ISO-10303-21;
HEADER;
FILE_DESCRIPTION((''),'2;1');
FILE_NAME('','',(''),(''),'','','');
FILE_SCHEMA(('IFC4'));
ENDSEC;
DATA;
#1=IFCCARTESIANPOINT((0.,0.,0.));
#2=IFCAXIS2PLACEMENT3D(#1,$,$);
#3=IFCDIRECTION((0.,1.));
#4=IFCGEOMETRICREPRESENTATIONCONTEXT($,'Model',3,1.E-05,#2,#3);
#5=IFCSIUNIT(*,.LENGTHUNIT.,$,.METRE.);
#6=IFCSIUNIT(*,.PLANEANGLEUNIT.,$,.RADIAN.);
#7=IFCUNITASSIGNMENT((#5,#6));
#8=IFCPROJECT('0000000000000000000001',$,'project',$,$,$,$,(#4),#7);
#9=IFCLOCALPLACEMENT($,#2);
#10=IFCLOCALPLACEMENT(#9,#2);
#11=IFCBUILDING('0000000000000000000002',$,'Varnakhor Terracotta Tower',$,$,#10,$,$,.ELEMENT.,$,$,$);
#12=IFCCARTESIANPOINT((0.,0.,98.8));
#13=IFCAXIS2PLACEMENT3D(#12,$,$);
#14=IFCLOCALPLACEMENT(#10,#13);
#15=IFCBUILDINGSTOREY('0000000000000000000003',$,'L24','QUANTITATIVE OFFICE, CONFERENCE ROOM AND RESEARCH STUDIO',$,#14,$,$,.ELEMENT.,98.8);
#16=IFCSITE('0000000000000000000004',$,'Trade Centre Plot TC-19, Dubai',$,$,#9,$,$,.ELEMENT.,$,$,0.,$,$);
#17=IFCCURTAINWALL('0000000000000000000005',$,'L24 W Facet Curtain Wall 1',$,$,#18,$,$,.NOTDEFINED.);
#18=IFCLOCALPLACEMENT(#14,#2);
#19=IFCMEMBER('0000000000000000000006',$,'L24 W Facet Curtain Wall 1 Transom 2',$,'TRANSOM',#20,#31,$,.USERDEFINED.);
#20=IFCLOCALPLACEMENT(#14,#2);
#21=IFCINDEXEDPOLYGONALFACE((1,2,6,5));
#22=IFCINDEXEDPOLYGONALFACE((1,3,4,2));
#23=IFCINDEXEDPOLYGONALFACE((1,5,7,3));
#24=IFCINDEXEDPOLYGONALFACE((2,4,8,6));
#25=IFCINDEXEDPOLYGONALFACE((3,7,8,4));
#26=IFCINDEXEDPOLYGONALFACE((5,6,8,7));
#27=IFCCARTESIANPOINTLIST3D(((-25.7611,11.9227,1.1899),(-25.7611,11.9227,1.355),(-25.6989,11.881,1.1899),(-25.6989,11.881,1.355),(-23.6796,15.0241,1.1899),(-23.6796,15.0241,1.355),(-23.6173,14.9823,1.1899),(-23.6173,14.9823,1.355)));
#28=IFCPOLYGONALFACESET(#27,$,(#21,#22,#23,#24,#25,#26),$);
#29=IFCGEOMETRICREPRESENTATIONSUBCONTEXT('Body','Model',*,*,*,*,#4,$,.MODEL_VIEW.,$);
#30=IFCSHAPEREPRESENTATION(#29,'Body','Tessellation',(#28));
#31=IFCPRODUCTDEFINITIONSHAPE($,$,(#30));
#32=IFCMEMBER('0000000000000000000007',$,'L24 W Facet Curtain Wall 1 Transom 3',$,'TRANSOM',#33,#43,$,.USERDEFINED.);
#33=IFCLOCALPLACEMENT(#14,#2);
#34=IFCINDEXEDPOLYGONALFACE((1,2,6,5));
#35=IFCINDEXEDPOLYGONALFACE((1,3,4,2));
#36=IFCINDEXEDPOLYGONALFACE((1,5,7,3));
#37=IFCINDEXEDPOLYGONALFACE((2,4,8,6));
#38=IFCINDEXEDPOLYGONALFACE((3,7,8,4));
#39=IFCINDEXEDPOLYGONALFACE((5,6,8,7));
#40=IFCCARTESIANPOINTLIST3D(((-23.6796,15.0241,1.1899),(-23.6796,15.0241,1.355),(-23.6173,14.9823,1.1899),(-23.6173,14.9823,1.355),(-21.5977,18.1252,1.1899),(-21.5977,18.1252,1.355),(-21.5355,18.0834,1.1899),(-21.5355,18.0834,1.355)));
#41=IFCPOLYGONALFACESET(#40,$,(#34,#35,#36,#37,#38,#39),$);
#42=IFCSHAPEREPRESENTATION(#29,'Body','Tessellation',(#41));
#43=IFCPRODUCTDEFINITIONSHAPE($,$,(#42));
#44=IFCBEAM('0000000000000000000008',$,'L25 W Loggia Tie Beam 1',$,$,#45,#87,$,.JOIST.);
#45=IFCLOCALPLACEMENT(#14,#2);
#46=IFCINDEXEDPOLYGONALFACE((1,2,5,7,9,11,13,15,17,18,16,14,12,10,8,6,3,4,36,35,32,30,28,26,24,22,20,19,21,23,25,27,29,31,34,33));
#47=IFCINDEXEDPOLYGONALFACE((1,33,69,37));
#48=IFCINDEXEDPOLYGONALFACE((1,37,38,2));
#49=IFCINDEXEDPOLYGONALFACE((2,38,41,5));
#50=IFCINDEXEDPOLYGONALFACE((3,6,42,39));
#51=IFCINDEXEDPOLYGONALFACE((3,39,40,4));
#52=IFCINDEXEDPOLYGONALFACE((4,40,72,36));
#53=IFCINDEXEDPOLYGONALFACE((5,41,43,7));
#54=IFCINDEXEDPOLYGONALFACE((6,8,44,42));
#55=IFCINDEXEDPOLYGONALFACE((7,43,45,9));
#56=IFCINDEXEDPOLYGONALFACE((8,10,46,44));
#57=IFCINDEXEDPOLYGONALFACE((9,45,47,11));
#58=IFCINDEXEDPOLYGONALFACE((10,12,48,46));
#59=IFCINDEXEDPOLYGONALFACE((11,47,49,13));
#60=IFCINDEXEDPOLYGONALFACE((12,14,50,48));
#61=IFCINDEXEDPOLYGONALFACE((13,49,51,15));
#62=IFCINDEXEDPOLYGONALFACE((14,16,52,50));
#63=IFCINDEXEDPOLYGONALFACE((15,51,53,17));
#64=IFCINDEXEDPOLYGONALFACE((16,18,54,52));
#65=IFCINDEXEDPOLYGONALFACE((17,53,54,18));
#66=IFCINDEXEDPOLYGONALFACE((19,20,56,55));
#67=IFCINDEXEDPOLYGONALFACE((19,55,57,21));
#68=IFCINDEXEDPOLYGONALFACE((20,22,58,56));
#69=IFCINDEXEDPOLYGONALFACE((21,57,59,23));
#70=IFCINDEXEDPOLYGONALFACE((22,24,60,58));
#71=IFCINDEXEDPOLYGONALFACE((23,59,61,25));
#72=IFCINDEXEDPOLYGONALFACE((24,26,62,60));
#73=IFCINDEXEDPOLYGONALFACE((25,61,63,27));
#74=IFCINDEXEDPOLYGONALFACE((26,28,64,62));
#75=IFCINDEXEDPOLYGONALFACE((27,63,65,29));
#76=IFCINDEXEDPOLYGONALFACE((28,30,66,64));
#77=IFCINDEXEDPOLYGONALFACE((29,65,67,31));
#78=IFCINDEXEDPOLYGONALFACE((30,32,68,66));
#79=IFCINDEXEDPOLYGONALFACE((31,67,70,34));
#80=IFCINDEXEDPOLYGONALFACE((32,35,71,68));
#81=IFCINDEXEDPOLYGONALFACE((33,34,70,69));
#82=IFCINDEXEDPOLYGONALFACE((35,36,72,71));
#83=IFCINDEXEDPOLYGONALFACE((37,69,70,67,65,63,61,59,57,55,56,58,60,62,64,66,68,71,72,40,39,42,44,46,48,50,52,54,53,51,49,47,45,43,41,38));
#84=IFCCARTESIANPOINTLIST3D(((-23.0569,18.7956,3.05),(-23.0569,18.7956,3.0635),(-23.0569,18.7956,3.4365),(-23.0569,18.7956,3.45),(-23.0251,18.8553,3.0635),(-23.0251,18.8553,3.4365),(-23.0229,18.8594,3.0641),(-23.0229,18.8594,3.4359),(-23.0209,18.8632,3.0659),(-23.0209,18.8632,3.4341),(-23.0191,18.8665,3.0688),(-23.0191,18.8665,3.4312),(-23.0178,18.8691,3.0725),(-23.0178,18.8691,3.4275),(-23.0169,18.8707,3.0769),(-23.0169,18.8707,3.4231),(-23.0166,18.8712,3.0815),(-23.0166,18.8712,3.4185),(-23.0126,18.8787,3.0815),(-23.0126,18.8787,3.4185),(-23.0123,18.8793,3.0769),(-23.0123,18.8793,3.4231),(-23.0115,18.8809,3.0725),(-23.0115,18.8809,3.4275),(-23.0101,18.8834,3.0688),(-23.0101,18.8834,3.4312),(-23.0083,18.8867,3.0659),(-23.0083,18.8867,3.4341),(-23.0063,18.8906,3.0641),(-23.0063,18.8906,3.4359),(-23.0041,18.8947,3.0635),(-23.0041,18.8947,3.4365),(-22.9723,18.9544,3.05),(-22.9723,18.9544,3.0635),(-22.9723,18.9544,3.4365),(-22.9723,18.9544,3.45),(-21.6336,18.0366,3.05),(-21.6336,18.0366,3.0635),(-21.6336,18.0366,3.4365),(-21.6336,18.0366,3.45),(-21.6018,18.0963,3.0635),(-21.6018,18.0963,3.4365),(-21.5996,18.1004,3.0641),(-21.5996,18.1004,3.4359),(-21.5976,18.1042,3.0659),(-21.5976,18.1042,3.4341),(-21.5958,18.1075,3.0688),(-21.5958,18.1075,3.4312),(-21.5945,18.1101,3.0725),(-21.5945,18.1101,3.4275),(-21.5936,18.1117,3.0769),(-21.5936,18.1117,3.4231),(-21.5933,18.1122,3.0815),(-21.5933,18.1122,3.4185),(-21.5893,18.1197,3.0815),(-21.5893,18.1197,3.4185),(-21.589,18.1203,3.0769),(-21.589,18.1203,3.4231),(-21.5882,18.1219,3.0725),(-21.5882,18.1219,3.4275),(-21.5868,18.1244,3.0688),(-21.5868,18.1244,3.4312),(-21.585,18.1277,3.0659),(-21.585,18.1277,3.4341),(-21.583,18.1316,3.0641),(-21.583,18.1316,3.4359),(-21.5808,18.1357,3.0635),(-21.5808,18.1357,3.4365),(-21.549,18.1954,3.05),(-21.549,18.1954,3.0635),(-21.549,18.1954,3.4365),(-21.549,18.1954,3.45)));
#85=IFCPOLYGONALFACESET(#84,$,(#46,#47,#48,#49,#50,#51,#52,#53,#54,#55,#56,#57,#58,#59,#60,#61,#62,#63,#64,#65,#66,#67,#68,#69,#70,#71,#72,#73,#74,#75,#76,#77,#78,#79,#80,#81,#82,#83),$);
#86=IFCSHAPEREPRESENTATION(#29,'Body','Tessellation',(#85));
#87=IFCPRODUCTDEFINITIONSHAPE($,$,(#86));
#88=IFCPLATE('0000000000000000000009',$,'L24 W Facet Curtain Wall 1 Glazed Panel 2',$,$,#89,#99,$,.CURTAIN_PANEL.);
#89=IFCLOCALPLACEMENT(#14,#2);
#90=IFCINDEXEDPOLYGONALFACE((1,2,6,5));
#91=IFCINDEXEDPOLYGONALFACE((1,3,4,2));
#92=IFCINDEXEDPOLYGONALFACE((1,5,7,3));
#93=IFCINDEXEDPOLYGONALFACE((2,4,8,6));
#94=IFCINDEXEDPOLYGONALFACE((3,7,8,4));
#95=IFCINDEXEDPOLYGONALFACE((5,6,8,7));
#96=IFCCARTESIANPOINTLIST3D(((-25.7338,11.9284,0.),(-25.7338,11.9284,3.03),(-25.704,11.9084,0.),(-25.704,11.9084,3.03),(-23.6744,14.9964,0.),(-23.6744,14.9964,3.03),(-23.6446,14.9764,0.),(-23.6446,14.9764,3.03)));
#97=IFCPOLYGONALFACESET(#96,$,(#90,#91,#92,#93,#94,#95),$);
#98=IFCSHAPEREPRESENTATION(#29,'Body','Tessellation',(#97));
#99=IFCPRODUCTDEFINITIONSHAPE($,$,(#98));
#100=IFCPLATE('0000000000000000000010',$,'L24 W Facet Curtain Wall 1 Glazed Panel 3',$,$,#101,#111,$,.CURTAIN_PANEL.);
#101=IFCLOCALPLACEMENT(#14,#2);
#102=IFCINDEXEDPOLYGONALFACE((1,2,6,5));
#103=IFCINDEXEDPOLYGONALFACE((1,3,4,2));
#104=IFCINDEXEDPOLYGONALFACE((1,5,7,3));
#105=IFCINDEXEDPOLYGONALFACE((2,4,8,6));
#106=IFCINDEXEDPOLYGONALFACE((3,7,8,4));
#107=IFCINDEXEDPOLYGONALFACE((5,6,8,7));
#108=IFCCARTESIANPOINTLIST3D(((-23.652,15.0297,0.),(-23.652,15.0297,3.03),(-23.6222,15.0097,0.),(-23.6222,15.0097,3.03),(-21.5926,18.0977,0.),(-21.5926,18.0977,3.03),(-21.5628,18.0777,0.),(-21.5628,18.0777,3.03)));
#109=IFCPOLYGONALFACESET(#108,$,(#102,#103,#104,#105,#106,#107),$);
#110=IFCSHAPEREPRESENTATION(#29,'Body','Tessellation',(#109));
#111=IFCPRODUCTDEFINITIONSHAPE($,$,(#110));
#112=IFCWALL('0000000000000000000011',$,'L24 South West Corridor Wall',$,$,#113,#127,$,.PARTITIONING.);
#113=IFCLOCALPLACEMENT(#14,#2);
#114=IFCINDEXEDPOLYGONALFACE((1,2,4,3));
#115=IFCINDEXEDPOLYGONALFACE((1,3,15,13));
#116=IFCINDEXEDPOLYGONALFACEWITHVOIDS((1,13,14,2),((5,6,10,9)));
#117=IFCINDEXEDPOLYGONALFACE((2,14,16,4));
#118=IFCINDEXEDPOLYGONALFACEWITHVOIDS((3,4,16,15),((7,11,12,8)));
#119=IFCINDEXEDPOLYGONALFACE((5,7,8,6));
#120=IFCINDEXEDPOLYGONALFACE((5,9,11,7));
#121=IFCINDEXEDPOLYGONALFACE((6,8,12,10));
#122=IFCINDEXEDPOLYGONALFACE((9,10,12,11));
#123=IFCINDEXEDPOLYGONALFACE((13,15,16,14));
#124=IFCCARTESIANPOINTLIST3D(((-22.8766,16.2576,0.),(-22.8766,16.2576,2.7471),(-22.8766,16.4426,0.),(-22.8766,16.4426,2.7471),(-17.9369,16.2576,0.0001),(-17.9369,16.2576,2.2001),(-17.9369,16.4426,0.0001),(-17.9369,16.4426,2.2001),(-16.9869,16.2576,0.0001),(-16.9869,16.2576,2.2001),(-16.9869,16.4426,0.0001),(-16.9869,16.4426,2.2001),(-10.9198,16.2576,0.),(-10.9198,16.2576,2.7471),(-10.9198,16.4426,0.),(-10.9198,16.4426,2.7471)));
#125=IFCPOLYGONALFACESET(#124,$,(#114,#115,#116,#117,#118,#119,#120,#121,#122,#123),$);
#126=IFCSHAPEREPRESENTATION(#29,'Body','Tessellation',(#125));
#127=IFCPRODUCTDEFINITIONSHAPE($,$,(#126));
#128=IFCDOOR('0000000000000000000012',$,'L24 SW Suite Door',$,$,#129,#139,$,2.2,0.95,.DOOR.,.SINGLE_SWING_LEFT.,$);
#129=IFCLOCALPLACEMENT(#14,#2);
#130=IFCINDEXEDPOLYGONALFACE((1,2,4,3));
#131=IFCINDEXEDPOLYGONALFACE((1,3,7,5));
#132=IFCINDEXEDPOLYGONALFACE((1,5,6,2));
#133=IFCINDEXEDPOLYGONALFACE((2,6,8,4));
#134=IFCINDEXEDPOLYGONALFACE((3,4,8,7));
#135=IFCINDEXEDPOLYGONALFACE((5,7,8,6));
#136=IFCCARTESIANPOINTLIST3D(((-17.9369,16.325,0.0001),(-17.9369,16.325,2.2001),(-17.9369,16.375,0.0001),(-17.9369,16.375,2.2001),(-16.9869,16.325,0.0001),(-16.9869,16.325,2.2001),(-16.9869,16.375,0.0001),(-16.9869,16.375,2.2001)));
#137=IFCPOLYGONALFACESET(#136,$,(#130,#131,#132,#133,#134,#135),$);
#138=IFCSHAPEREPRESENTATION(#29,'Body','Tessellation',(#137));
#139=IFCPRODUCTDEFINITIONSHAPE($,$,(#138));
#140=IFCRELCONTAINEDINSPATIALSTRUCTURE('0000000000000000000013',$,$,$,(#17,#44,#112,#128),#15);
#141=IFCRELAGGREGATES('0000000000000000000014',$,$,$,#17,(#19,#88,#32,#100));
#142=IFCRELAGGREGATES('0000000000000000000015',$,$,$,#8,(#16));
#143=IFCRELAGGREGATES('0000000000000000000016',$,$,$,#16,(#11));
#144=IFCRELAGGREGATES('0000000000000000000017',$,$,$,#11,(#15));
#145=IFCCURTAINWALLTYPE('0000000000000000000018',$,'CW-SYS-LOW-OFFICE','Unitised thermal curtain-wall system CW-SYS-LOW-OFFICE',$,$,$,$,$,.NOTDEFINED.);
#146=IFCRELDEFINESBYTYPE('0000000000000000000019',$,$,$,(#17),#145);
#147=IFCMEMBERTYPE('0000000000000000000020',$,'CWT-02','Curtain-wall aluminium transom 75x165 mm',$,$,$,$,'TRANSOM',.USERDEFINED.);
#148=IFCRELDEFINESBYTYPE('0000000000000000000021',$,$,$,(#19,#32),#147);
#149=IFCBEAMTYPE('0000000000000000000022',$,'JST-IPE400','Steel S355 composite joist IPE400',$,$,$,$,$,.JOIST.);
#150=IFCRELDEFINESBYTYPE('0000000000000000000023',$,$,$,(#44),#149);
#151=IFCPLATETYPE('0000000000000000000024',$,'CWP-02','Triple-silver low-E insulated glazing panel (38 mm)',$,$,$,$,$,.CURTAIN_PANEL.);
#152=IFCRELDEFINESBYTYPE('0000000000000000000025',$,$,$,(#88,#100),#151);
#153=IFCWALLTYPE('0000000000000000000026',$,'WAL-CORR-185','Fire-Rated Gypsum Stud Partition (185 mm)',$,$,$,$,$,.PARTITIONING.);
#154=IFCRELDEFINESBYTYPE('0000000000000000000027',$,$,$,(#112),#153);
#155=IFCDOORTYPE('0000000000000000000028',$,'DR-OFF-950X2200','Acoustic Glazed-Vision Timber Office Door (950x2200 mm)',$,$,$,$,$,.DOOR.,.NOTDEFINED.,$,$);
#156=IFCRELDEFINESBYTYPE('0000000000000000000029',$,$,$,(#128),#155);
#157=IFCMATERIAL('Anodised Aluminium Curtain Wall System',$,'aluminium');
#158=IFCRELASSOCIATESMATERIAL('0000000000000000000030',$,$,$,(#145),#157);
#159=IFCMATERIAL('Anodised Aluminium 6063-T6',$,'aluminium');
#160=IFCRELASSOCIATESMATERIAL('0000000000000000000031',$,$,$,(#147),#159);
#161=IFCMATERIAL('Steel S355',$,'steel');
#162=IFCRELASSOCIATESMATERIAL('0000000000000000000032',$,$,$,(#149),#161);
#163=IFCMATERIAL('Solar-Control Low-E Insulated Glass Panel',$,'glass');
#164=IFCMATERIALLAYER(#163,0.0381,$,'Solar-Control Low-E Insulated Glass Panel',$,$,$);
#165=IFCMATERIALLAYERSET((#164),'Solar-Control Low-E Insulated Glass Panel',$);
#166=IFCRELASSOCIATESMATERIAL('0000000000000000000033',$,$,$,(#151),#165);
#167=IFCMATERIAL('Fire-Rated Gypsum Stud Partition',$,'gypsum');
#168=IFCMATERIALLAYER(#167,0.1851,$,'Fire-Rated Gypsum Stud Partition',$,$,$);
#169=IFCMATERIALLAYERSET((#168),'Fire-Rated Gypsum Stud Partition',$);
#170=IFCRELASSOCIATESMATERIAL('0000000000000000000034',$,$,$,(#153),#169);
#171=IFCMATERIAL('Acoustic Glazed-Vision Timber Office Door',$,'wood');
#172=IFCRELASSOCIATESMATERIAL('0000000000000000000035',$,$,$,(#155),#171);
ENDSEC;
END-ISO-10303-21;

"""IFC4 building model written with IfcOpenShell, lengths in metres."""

from ifc_helpers import new_model, si_unit, direction, frame, frame_2d, origin, origin_2d, place, context, subcontext, project, spatial, rectangle, i_section, extrude, source, transform, mapped, material, layer, layer_set, material_profile, profile_set, type_object, type_shapes, element, fill, aggregate, save


model = new_model("IFC4")

# Units and contexts
model_context = context("Model", 3, precision=1e-05, world=origin(), true_north=direction((0.0, 1.0)))
body_context = subcontext(model_context, "Body", "Model", "MODEL_VIEW")
ifc_project = project(units=[si_unit("LENGTHUNIT", "METRE"), si_unit("PLANEANGLEUNIT", "RADIAN")], contexts=[model_context])

# Site, building, storey
site_placement = place(None, origin())
site = spatial("IfcSite", under=ifc_project, at=site_placement, Name="Trade Centre Plot TC-19, Dubai", CompositionType="ELEMENT", RefElevation=0.0)
building_placement = place(site_placement, origin())
building = spatial("IfcBuilding", under=site, at=building_placement, Name="Varnakhor Terracotta Tower", CompositionType="ELEMENT")
storey_placement = place(building_placement, frame((0.0, 0.0, 98.8)))
storey = spatial("IfcBuildingStorey", under=building, at=storey_placement, Name="L24", Description="QUANTITATIVE OFFICE, CONFERENCE ROOM AND RESEARCH STUDIO", CompositionType="ELEMENT", Elevation=98.8)

# Shared definitions
ifc_material_1 = material(Name="Steel S355", Category="steel")

# Curtain wall, members
ifc_material_2 = material(Name="Anodised Aluminium Curtain Wall System", Category="aluminium")
curtain_wall_type = type_object("IfcCurtainWallType", Name="CW-SYS-LOW-OFFICE", Description="Unitised thermal curtain-wall system CW-SYS-LOW-OFFICE", PredefinedType="NOTDEFINED", material=ifc_material_2)
curtain_wall_placement = place(storey_placement, origin())
curtain_wall = element("IfcCurtainWall", 1, at=curtain_wall_placement, inside=storey, type_object=curtain_wall_type, Name="L24 W Facet Curtain Wall 1", PredefinedType="NOTDEFINED")
ifc_material_3 = material(Name="Anodised Aluminium 6063-T6", Category="aluminium")
ifc_material_profile_1 = material_profile(ifc_material_3, rectangle(XDim=0.075, YDim=0.165, at=origin_2d()), Name="ALU TRANSOM 75x165")
ifc_profile_set_1 = profile_set([ifc_material_profile_1], Name="Anodised Aluminium 6063-T6")
member_type_1 = type_object("IfcMemberType", Name="CWT-02", Description="Curtain-wall aluminium transom 75x165 mm", ElementType="TRANSOM", PredefinedType="USERDEFINED", material=ifc_profile_set_1)
shared_shape_1 = source(origin(), body_context, "Body", "SweptSolid", [
    extrude(rectangle(XDim=0.075, YDim=0.165, at=origin_2d()), origin(), (0.0, 0.0, 1.0), 3.7351),
])
member_1_placement = place(storey_placement, frame((-25.73, 11.9019, 1.2725), z_axis=(0.557292, 0.830317, 0.0), x_axis=(-0.830317, 0.557292, 0.0)))
member_1 = element("IfcMember", 2, at=member_1_placement, type_object=member_type_1, Name="L24 W Facet Curtain Wall 1 Transom 2", ObjectType="TRANSOM", PredefinedType="USERDEFINED", context=body_context, shape_type="MappedRepresentation", body=[
    mapped(shared_shape_1, transform((0.0, 0.0, 0.0), scale=1.0)),
])
member_2_placement = place(storey_placement, frame((-23.6484, 15.0032, 1.2725), z_axis=(0.557367, 0.830266, 0.0), x_axis=(-0.830266, 0.557367, 0.0)))
member_2 = element("IfcMember", 3, at=member_2_placement, type_object=member_type_1, Name="L24 W Facet Curtain Wall 1 Transom 3", ObjectType="TRANSOM", PredefinedType="USERDEFINED", context=body_context, shape_type="MappedRepresentation", body=[
    mapped(shared_shape_1, transform((0.0, 0.0, 0.0), scale=1.0)),
])

# Beam
ifc_material_profile_2 = material_profile(ifc_material_1, i_section(OverallWidth=0.1799, OverallDepth=0.3999, WebThickness=0.0085, FlangeThickness=0.0134, FilletRadius=0.0181, at=origin_2d()), Name="IPE400")
ifc_profile_set_2 = profile_set([ifc_material_profile_2], Name="Steel S355")
beam_type_1 = type_object("IfcBeamType", Name="JST-IPE400", Description="Steel S355 composite joist IPE400", PredefinedType="JOIST", material=ifc_profile_set_2)
shared_shape_2 = source(origin(), body_context, "Body", "SweptSolid", [
    extrude(i_section(OverallWidth=0.1799, OverallDepth=0.3999, WebThickness=0.0085, FlangeThickness=0.0134, FilletRadius=0.0181, at=origin_2d()), origin(), (0.0, 0.0, 1.0), 1.613),
])
beam_1_placement = place(storey_placement, frame((-21.5913, 18.116, 3.25), z_axis=(-0.882374, 0.470549, 0.0), x_axis=(-0.470549, -0.882374, 0.0)))
element("IfcBeam", 4, at=beam_1_placement, inside=storey, type_object=beam_type_1, Name="L25 W Loggia Tie Beam 1", PredefinedType="JOIST", context=body_context, shape_type="MappedRepresentation", body=[
    mapped(shared_shape_2, transform((0.0, 0.0, 0.0), scale=1.0)),
])

# Plates
ifc_material_4 = material(Name="Solar-Control Low-E Insulated Glass Panel", Category="glass")
ifc_layer_1 = layer(ifc_material_4, 0.0381, Name="Solar-Control Low-E Insulated Glass Panel")
ifc_layer_set_1 = layer_set([ifc_layer_1], Name="Solar-Control Low-E Insulated Glass Panel")
plate_type = type_object("IfcPlateType", Name="CWP-02", Description="Triple-silver low-E insulated glazing panel (38 mm)", PredefinedType="CURTAIN_PANEL", material=ifc_layer_set_1)
shared_shape_3 = source(origin(), body_context, "Body", "SweptSolid", [
    extrude(rectangle(XDim=3.6951, YDim=0.0359, at=origin_2d()), origin(), (0.0, 0.0, 1.0), 3.03),
])
plate_1_placement = place(storey_placement, frame((-24.6892, 13.4524, 0.0), z_axis=(0.0, 0.0, 1.0), x_axis=(0.557325, 0.830294, 0.0)))
plate_1 = element("IfcPlate", 5, at=plate_1_placement, type_object=plate_type, Name="L24 W Facet Curtain Wall 1 Glazed Panel 2", PredefinedType="CURTAIN_PANEL", context=body_context, shape_type="MappedRepresentation", body=[
    mapped(shared_shape_3, transform((0.0, 0.0, 0.0), scale=1.0)),
])
plate_2_placement = place(storey_placement, frame((-22.6074, 16.5537, 0.0), z_axis=(0.0, 0.0, 1.0), x_axis=(0.557325, 0.830294, 0.0)))
plate_2 = element("IfcPlate", 6, at=plate_2_placement, type_object=plate_type, Name="L24 W Facet Curtain Wall 1 Glazed Panel 3", PredefinedType="CURTAIN_PANEL", context=body_context, shape_type="MappedRepresentation", body=[
    mapped(shared_shape_3, transform((0.0, 0.0, 0.0), scale=1.0)),
])
aggregate(curtain_wall, [member_1, plate_1, member_2, plate_2])

# Wall, opening, door
ifc_material_5 = material(Name="Fire-Rated Gypsum Stud Partition", Category="gypsum")
ifc_layer_2 = layer(ifc_material_5, 0.1851, Name="Fire-Rated Gypsum Stud Partition")
ifc_layer_set_2 = layer_set([ifc_layer_2], Name="Fire-Rated Gypsum Stud Partition")
wall_type_1 = type_object("IfcWallType", Name="WAL-CORR-185", Description="Fire-Rated Gypsum Stud Partition (185 mm)", PredefinedType="PARTITIONING", material=ifc_layer_set_2)
wall_1_placement = place(storey_placement, frame((-22.8767, 16.3501, 0.0), z_axis=(0.0, 0.0, 1.0), x_axis=(1.0, 0.0, 0.0)))
wall_1 = element("IfcWall", 7, at=wall_1_placement, inside=storey, type_object=wall_type_1, Name="L24 South West Corridor Wall", PredefinedType="PARTITIONING", context=body_context, shape_type="SweptSolid", body=[
    extrude(rectangle(XDim=11.9568, YDim=0.1851, at=frame_2d((5.9785, 0.0))), origin(), (0.0, 0.0, 1.0), 2.7471),
])
opening_1_placement = place(wall_1_placement, frame((4.9397, 0.0, 0.0)))
opening_1 = element("IfcOpeningElement", 8, at=opening_1_placement, cuts=wall_1, PredefinedType="OPENING", context=body_context, shape_type="SweptSolid", body=[
    extrude(rectangle(XDim=0.95, YDim=2.2, at=frame_2d((0.4751, 1.1001))), frame((0.0, 0.1025, 0.0), z_axis=(0.0, -1.0, 0.0), x_axis=(1.0, 0.0, 0.0)), (0.0, 0.0, 1.0), 0.2051),
])
ifc_material_6 = material(Name="Acoustic Glazed-Vision Timber Office Door", Category="wood")
door_type_1 = type_object("IfcDoorType", Name="DR-OFF-950X2200", Description="Acoustic Glazed-Vision Timber Office Door (950x2200 mm)", OperationType="NOTDEFINED", PredefinedType="DOOR", material=ifc_material_6)
shared_shape_4 = source(origin(), body_context, "Body", "SweptSolid", [
    extrude(rectangle(XDim=0.95, YDim=2.2, at=frame_2d((0.4751, 1.1001))), frame((0.0, 0.0249, 0.0), z_axis=(0.0, -1.0, 0.0), x_axis=(1.0, 0.0, 0.0)), (0.0, 0.0, 1.0), 0.05),
])
type_shapes(door_type_1, [shared_shape_4])
door_1_placement = place(opening_1_placement, origin())
door_1 = element("IfcDoor", 9, at=door_1_placement, inside=storey, type_object=door_type_1, Name="L24 SW Suite Door", OperationType="SINGLE_SWING_LEFT", OverallHeight=2.2, OverallWidth=0.95, PredefinedType="DOOR", context=body_context, shape_type="MappedRepresentation", body=[
    mapped(shared_shape_4, transform((0.0, 0.0, 0.0), scale=1.0)),
])
fill(opening_1, door_1)

save(model, "model.ifc")
